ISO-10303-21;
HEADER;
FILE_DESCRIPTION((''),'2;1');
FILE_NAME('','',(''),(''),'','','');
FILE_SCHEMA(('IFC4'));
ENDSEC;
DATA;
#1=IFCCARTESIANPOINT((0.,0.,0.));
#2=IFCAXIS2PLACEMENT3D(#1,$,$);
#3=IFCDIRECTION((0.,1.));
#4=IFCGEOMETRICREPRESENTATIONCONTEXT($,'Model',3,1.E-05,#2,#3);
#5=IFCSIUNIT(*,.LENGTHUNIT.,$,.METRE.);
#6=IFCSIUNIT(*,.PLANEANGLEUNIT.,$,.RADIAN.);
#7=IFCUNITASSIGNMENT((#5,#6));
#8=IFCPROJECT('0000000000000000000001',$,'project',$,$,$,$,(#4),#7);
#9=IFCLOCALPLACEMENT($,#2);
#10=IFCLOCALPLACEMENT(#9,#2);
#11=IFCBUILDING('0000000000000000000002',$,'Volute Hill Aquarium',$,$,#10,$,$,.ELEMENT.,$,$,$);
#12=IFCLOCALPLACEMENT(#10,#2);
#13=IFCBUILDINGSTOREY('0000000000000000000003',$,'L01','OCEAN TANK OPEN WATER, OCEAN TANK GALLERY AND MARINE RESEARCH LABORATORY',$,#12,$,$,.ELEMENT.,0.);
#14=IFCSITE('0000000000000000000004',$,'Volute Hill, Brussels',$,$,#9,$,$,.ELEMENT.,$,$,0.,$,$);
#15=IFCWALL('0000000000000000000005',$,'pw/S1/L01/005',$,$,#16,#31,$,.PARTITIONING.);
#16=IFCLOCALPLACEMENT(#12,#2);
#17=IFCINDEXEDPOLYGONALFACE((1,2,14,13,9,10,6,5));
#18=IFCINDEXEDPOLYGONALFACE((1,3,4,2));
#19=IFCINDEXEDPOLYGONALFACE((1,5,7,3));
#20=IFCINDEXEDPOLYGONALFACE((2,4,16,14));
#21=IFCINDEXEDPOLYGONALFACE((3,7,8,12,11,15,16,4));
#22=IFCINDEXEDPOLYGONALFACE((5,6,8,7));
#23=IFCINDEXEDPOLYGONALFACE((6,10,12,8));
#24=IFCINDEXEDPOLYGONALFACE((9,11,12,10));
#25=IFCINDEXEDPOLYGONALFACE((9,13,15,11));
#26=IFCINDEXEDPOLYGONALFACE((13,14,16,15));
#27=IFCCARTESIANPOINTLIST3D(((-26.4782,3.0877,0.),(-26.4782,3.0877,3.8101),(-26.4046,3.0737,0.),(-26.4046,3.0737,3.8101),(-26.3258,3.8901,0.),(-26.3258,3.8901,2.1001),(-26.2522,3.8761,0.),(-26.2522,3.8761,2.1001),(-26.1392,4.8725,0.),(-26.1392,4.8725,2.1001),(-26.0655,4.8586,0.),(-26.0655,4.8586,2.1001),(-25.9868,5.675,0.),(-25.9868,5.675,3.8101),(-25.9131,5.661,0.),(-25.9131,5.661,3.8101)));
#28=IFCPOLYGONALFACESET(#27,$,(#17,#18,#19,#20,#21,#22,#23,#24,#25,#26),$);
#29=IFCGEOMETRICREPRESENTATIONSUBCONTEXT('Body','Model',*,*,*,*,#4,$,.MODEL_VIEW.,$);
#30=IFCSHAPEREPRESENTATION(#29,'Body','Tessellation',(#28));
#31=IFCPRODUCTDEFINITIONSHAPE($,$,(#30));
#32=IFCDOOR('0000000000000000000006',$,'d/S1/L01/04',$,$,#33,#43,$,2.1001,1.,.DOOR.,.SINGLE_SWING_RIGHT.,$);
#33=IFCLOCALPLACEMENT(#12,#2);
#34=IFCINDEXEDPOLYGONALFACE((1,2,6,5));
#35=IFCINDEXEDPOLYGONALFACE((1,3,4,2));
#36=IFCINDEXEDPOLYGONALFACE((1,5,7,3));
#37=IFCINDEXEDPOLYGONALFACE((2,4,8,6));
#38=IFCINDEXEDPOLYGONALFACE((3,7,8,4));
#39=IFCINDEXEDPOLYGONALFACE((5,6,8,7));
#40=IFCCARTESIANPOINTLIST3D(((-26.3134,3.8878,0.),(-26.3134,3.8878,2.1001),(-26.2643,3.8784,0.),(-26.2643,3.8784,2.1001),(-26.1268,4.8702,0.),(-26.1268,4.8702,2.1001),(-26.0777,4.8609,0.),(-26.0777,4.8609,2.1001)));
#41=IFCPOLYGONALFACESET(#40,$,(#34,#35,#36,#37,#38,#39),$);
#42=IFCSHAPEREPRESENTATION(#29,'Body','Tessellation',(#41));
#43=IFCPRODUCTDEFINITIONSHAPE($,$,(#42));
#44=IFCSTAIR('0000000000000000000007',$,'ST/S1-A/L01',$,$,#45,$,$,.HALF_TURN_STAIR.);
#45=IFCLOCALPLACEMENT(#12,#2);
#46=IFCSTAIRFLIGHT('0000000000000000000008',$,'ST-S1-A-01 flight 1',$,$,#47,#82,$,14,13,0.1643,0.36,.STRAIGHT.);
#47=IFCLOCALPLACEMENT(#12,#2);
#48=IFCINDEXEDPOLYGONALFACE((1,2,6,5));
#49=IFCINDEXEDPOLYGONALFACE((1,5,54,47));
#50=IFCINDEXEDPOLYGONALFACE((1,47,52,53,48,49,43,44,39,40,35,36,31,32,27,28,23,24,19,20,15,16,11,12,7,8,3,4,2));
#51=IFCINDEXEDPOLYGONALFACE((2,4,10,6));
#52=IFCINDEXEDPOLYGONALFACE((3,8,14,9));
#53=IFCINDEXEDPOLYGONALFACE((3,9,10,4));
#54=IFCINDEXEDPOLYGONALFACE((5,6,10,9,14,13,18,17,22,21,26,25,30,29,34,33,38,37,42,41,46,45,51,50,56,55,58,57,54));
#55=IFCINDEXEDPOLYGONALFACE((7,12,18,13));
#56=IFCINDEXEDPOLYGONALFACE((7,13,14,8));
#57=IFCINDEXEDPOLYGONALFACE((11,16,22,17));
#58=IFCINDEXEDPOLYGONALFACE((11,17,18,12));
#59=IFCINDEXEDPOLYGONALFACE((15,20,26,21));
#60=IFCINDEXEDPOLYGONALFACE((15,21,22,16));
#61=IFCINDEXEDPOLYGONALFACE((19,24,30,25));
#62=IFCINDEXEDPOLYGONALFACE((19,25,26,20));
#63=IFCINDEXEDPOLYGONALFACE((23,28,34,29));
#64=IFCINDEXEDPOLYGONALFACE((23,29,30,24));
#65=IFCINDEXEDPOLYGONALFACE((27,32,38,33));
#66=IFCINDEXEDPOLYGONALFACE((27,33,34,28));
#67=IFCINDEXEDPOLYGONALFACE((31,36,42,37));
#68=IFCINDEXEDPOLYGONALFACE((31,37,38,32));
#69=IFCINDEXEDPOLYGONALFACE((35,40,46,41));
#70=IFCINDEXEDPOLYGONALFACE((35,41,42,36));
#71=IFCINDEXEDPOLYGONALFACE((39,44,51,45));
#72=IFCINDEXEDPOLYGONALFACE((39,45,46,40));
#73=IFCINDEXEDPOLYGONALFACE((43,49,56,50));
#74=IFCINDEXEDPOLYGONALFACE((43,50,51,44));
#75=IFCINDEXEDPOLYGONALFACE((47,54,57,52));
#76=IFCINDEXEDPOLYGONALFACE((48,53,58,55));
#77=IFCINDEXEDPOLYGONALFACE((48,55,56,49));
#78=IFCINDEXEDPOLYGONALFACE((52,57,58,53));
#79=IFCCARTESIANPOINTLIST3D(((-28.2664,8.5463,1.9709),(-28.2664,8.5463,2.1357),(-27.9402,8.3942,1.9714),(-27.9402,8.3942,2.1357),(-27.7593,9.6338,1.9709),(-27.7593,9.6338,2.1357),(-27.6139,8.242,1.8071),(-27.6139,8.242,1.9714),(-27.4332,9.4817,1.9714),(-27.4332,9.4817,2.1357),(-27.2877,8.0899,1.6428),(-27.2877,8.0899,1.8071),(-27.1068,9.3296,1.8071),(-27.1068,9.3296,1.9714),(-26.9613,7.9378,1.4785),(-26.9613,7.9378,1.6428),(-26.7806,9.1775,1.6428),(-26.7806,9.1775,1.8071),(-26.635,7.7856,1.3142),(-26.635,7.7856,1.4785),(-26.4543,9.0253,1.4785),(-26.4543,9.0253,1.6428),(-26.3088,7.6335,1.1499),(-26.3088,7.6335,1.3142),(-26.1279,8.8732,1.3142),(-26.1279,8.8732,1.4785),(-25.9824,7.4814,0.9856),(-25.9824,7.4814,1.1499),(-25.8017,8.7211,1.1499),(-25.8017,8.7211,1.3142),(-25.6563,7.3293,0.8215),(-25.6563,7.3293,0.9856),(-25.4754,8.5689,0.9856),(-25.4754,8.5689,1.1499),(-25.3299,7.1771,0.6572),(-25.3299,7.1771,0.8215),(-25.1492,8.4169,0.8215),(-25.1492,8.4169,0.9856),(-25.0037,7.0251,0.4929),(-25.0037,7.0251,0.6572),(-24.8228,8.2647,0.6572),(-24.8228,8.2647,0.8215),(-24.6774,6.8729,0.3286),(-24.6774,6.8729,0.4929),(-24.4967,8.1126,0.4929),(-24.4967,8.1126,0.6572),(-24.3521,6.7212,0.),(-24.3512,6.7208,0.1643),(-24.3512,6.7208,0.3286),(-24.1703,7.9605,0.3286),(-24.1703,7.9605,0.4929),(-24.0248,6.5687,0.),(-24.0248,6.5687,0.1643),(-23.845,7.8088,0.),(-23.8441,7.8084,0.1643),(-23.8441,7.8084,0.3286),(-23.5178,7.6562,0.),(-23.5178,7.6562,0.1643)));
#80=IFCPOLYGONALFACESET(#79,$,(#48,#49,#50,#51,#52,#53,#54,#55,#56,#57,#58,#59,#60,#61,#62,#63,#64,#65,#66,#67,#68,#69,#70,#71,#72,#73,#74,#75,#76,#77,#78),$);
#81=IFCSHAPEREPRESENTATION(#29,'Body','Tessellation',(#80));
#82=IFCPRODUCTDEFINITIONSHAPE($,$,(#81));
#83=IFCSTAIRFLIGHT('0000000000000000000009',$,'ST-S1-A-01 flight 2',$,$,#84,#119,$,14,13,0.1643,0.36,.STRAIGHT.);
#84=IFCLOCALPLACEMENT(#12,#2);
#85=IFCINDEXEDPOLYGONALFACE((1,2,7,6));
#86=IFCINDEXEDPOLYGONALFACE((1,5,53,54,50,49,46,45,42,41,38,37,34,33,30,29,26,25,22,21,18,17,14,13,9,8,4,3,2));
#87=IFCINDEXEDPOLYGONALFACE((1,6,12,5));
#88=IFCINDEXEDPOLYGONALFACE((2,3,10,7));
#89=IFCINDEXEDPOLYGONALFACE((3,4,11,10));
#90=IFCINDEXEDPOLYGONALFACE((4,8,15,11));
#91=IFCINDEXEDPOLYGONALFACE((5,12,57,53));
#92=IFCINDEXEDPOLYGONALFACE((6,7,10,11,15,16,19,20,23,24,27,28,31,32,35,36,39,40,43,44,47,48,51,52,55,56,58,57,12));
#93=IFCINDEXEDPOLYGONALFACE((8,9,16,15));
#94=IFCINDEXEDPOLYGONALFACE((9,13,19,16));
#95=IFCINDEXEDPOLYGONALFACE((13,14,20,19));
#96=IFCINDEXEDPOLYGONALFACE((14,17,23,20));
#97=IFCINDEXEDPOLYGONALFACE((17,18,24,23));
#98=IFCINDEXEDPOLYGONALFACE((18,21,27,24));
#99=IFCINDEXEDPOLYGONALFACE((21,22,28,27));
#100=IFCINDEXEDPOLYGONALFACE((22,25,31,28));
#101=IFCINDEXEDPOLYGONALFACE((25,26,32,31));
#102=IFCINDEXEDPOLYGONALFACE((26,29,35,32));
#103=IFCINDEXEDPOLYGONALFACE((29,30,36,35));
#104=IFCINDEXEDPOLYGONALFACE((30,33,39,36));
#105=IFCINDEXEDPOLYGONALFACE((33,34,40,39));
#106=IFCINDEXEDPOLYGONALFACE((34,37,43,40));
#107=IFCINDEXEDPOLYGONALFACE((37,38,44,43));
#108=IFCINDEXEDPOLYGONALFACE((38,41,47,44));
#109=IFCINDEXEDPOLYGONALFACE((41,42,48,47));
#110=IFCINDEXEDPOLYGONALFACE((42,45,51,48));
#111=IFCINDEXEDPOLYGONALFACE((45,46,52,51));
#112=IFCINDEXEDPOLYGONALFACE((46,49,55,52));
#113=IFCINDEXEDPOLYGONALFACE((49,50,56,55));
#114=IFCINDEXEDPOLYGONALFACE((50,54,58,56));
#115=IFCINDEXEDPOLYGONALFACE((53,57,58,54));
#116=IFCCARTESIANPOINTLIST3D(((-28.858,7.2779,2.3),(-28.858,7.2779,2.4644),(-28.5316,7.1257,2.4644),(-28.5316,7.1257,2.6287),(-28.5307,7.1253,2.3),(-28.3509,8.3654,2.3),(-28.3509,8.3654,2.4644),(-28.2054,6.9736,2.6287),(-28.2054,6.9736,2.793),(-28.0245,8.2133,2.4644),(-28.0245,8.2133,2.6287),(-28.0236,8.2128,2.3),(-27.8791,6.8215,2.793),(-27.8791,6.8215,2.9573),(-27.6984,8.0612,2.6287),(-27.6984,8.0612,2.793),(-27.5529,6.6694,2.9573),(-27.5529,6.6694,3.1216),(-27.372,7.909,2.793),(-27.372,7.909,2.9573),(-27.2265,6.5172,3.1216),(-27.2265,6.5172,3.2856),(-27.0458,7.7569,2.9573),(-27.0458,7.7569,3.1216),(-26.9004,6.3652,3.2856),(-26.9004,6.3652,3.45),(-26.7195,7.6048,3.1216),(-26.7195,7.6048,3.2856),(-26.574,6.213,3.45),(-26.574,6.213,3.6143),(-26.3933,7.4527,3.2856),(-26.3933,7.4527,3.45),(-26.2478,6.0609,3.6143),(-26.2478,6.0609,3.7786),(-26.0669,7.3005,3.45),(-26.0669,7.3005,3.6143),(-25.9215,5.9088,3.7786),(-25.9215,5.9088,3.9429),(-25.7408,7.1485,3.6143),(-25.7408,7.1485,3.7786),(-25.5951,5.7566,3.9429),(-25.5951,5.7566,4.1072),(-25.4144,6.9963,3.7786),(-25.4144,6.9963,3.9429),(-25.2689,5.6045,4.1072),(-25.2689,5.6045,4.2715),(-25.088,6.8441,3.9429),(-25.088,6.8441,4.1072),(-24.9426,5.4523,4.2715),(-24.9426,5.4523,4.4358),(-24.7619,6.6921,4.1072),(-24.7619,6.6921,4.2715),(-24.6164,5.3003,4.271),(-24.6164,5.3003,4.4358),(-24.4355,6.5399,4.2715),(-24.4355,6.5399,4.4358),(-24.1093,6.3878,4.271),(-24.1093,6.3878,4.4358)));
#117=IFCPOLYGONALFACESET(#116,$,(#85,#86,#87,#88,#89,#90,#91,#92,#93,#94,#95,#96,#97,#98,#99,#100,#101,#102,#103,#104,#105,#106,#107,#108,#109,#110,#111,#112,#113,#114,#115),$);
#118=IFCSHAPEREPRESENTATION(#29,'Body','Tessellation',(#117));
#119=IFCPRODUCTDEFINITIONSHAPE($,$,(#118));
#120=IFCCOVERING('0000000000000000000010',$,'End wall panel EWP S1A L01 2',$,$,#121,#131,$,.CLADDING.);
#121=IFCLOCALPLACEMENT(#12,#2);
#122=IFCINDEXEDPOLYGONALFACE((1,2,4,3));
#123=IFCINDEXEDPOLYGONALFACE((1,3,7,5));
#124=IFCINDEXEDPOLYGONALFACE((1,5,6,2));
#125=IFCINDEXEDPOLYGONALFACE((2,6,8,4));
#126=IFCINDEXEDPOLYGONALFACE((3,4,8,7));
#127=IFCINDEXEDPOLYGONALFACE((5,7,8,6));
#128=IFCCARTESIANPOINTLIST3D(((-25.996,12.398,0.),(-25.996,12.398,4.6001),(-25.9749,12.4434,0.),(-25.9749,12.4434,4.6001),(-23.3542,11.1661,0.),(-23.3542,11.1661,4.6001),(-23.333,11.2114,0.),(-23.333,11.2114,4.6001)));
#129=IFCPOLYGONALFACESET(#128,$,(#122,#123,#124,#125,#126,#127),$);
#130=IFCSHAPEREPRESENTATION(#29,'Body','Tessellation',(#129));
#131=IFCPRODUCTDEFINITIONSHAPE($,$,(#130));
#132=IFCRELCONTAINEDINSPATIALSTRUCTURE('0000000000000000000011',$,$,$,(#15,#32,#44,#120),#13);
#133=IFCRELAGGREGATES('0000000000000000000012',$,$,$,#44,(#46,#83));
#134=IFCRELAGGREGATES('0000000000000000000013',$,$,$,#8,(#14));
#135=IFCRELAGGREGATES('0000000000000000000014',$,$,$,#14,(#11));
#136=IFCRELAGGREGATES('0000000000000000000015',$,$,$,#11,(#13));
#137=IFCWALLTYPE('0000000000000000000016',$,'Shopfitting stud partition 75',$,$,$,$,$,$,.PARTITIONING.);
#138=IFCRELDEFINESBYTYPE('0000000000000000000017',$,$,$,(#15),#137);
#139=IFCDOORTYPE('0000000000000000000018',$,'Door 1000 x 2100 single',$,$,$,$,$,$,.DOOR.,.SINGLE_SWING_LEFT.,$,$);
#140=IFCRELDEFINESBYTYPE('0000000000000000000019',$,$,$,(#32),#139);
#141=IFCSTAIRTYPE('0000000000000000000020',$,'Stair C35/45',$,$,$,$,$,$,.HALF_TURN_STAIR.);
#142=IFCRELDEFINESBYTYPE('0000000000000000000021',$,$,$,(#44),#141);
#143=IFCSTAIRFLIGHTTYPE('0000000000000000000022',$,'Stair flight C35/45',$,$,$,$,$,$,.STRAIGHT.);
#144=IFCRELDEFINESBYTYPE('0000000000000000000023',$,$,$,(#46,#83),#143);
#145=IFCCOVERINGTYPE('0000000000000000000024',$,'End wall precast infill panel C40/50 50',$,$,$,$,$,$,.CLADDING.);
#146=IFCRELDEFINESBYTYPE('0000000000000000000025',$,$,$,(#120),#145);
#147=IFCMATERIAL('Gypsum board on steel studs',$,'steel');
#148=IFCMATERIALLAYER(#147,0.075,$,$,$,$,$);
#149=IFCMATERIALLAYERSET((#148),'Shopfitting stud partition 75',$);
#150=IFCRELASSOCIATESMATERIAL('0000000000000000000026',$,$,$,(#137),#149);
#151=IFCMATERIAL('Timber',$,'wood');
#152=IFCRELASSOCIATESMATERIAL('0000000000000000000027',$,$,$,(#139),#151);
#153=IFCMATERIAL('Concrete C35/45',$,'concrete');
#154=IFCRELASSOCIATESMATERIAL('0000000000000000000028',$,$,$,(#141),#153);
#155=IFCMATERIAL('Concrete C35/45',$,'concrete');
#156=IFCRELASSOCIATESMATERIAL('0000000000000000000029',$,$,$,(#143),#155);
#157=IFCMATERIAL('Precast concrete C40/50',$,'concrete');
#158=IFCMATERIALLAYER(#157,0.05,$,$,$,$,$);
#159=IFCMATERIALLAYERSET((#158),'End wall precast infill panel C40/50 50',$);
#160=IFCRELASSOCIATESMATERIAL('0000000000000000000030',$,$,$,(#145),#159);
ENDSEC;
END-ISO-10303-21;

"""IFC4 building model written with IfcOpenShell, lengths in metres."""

from ifc_helpers import new_model, si_unit, direction, frame, frame_2d, origin, place, context, subcontext, project, spatial, polyline, rectangle, outline, extrude, material, layer, layer_set, type_object, element, fill, aggregate, save


model = new_model("IFC4")

# Units and contexts
model_context = context("Model", 3, precision=1e-05, world=origin(), true_north=direction((0.0, 1.0)))
body_context = subcontext(model_context, "Body", "Model", "MODEL_VIEW")
ifc_project = project(units=[si_unit("LENGTHUNIT", "METRE"), si_unit("PLANEANGLEUNIT", "RADIAN")], contexts=[model_context])

# Site, building, storey
site_placement = place(None, origin())
site = spatial("IfcSite", under=ifc_project, at=site_placement, Name="Volute Hill, Brussels", CompositionType="ELEMENT", RefElevation=0.0)
building_placement = place(site_placement, origin())
building = spatial("IfcBuilding", under=site, at=building_placement, Name="Volute Hill Aquarium", CompositionType="ELEMENT")
storey_placement = place(building_placement, origin())
storey = spatial("IfcBuildingStorey", under=building, at=storey_placement, Name="L01", Description="OCEAN TANK OPEN WATER, OCEAN TANK GALLERY AND MARINE RESEARCH LABORATORY", CompositionType="ELEMENT", Elevation=0.0)

# Wall, opening, door
ifc_material_1 = material(Name="Gypsum board on steel studs", Category="steel")
ifc_layer_1 = layer(ifc_material_1, 0.075)
ifc_layer_set_1 = layer_set([ifc_layer_1], Name="Shopfitting stud partition 75")
wall_type_1 = type_object("IfcWallType", Name="Shopfitting stud partition 75", PredefinedType="PARTITIONING", material=ifc_layer_set_1)
wall_1_placement = place(storey_placement, frame((-26.4414, 3.0806, 0.0), z_axis=(0.0, 0.0, 1.0), x_axis=(0.186605, 0.982435, 0.0)))
wall_1 = element("IfcWall", 1, at=wall_1_placement, inside=storey, type_object=wall_type_1, Name="pw/S1/L01/005", PredefinedType="PARTITIONING", context=body_context, shape_type="SweptSolid", body=[
    extrude(rectangle(XDim=2.6335, YDim=0.075, at=frame_2d((1.3169, 0.0))), origin(), (0.0, 0.0, 1.0), 3.8101),
])
opening_placement = place(wall_1_placement, frame((0.8169, 0.0, 0.0)))
opening = element("IfcOpeningElement", 2, at=opening_placement, cuts=wall_1, PredefinedType="OPENING", context=body_context, shape_type="SweptSolid", body=[
    extrude(rectangle(XDim=1.0, YDim=2.1001, at=frame_2d((0.5, 1.05))), frame((0.0, 0.0474, 0.0), z_axis=(0.0, -1.0, 0.0), x_axis=(1.0, 0.0, 0.0)), (0.0, 0.0, 1.0), 0.095),
])
ifc_material_2 = material(Name="Timber", Category="wood")
door_type = type_object("IfcDoorType", Name="Door 1000 x 2100 single", OperationType="SINGLE_SWING_LEFT", PredefinedType="DOOR", material=ifc_material_2)
door_placement = place(opening_placement, origin())
door = element("IfcDoor", 3, at=door_placement, inside=storey, type_object=door_type, Name="d/S1/L01/04", OperationType="SINGLE_SWING_RIGHT", OverallHeight=2.1001, OverallWidth=1.0, PredefinedType="DOOR", context=body_context, shape_type="SweptSolid", body=[
    extrude(rectangle(XDim=1.0, YDim=2.1001, at=frame_2d((0.5, 1.05))), frame((0.0, 0.0249, 0.0), z_axis=(0.0, -1.0, 0.0), x_axis=(1.0, 0.0, 0.0)), (0.0, 0.0, 1.0), 0.05),
])
fill(opening, door)

# Stair, stair flights
ifc_material_3 = material(Name="Concrete C35/45", Category="concrete")
stair_type = type_object("IfcStairType", Name="Stair C35/45", PredefinedType="HALF_TURN_STAIR", material=ifc_material_3)
stair_placement = place(storey_placement, origin())
stair = element("IfcStair", 4, at=stair_placement, inside=storey, type_object=stair_type, Name="ST/S1-A/L01", PredefinedType="HALF_TURN_STAIR")
ifc_material_4 = material(Name="Concrete C35/45", Category="concrete")
stair_flight_type = type_object("IfcStairFlightType", Name="Stair flight C35/45", PredefinedType="STRAIGHT", material=ifc_material_4)
stair_flight_1_placement = place(storey_placement, frame((-23.7712, 7.1125, 0.0), z_axis=(0.0, 0.0, 1.0), x_axis=(-0.906331, 0.422568, 0.0)))
stair_flight_1 = element("IfcStairFlight", 5, at=stair_flight_1_placement, type_object=stair_flight_type, Name="ST-S1-A-01 flight 1", NumberOfRisers=14, NumberOfTreads=13, PredefinedType="STRAIGHT", RiserHeight=0.1643, TreadLength=0.36, context=body_context, shape_type="SweptSolid", body=[
    extrude(outline(polyline([(0.0, 0.0), (0.0, 0.1643), (0.3601, 0.1643), (0.3601, 0.3286), (0.72, 0.3286), (0.72, 0.4929), (1.0801, 0.4929), (1.0801, 0.6572), (1.4399, 0.6572), (1.4399, 0.8215), (1.8, 0.8215), (1.8, 0.9856), (2.1599, 0.9856), (2.1599, 1.1499), (2.52, 1.1499), (2.52, 1.3142), (2.8799, 1.3142), (2.8799, 1.4785), (3.24, 1.4785), (3.24, 1.6428), (3.6001, 1.6428), (3.6001, 1.8071), (3.96, 1.8071), (3.96, 1.9714), (4.3201, 1.9714), (4.3201, 2.1357), (4.6799, 2.1357), (4.6799, 2.3), (4.6799, 1.9709), (0.3611, 0.0), (0.0, 0.0)])), frame((0.0, 0.6001, 0.0), z_axis=(0.0, -1.0, 0.0), x_axis=(1.0, 0.0, 0.0)), (0.0, 0.0, 1.0), 1.2),
])
stair_flight_2_placement = place(storey_placement, frame((-28.6045, 7.8215, 2.3), z_axis=(0.0, 0.0, 1.0), x_axis=(0.906331, -0.422568, 0.0)))
stair_flight_2 = element("IfcStairFlight", 6, at=stair_flight_2_placement, type_object=stair_flight_type, Name="ST-S1-A-01 flight 2", NumberOfRisers=14, NumberOfTreads=13, PredefinedType="STRAIGHT", RiserHeight=0.1643, TreadLength=0.36, context=body_context, shape_type="SweptSolid", body=[
    extrude(outline(polyline([(0.0, 0.0), (0.0, 0.1643), (0.3601, 0.1643), (0.3601, 0.3286), (0.72, 0.3286), (0.72, 0.4929), (1.0801, 0.4929), (1.0801, 0.6572), (1.4399, 0.6572), (1.4399, 0.8215), (1.8, 0.8215), (1.8, 0.9856), (2.1599, 0.9856), (2.1599, 1.1499), (2.52, 1.1499), (2.52, 1.3142), (2.8799, 1.3142), (2.8799, 1.4785), (3.24, 1.4785), (3.24, 1.6428), (3.6001, 1.6428), (3.6001, 1.8071), (3.96, 1.8071), (3.96, 1.9714), (4.3201, 1.9714), (4.3201, 2.1357), (4.6799, 2.1357), (4.6799, 2.3), (4.6799, 1.9709), (0.3611, 0.0), (0.0, 0.0)])), frame((0.0, 0.6001, 0.0), z_axis=(0.0, -1.0, 0.0), x_axis=(1.0, 0.0, 0.0)), (0.0, 0.0, 1.0), 1.2),
])
aggregate(stair, [stair_flight_1, stair_flight_2])

# Covering
ifc_material_5 = material(Name="Precast concrete C40/50", Category="concrete")
ifc_layer_2 = layer(ifc_material_5, 0.05)
ifc_layer_set_2 = layer_set([ifc_layer_2], Name="End wall precast infill panel C40/50 50")
covering_type = type_object("IfcCoveringType", Name="End wall precast infill panel C40/50 50", PredefinedType="CLADDING", material=ifc_layer_set_2)
covering_placement = place(storey_placement, frame((-23.333, 11.2114, 0.0), z_axis=(0.422624, 0.906305, 0.0), x_axis=(-0.906305, 0.422624, 0.0)))
element("IfcCovering", 7, at=covering_placement, inside=storey, type_object=covering_type, Name="End wall panel EWP S1A L01 2", PredefinedType="CLADDING", context=body_context, shape_type="SweptSolid", body=[
    extrude(outline(polyline([(0.0, 0.0), (2.915, 0.0), (2.915, 4.6001), (0.0, 4.6001), (0.0, 0.0)])), origin(), (0.0, 0.0, -1.0), 0.05),
])

save(model, "model.ifc")
